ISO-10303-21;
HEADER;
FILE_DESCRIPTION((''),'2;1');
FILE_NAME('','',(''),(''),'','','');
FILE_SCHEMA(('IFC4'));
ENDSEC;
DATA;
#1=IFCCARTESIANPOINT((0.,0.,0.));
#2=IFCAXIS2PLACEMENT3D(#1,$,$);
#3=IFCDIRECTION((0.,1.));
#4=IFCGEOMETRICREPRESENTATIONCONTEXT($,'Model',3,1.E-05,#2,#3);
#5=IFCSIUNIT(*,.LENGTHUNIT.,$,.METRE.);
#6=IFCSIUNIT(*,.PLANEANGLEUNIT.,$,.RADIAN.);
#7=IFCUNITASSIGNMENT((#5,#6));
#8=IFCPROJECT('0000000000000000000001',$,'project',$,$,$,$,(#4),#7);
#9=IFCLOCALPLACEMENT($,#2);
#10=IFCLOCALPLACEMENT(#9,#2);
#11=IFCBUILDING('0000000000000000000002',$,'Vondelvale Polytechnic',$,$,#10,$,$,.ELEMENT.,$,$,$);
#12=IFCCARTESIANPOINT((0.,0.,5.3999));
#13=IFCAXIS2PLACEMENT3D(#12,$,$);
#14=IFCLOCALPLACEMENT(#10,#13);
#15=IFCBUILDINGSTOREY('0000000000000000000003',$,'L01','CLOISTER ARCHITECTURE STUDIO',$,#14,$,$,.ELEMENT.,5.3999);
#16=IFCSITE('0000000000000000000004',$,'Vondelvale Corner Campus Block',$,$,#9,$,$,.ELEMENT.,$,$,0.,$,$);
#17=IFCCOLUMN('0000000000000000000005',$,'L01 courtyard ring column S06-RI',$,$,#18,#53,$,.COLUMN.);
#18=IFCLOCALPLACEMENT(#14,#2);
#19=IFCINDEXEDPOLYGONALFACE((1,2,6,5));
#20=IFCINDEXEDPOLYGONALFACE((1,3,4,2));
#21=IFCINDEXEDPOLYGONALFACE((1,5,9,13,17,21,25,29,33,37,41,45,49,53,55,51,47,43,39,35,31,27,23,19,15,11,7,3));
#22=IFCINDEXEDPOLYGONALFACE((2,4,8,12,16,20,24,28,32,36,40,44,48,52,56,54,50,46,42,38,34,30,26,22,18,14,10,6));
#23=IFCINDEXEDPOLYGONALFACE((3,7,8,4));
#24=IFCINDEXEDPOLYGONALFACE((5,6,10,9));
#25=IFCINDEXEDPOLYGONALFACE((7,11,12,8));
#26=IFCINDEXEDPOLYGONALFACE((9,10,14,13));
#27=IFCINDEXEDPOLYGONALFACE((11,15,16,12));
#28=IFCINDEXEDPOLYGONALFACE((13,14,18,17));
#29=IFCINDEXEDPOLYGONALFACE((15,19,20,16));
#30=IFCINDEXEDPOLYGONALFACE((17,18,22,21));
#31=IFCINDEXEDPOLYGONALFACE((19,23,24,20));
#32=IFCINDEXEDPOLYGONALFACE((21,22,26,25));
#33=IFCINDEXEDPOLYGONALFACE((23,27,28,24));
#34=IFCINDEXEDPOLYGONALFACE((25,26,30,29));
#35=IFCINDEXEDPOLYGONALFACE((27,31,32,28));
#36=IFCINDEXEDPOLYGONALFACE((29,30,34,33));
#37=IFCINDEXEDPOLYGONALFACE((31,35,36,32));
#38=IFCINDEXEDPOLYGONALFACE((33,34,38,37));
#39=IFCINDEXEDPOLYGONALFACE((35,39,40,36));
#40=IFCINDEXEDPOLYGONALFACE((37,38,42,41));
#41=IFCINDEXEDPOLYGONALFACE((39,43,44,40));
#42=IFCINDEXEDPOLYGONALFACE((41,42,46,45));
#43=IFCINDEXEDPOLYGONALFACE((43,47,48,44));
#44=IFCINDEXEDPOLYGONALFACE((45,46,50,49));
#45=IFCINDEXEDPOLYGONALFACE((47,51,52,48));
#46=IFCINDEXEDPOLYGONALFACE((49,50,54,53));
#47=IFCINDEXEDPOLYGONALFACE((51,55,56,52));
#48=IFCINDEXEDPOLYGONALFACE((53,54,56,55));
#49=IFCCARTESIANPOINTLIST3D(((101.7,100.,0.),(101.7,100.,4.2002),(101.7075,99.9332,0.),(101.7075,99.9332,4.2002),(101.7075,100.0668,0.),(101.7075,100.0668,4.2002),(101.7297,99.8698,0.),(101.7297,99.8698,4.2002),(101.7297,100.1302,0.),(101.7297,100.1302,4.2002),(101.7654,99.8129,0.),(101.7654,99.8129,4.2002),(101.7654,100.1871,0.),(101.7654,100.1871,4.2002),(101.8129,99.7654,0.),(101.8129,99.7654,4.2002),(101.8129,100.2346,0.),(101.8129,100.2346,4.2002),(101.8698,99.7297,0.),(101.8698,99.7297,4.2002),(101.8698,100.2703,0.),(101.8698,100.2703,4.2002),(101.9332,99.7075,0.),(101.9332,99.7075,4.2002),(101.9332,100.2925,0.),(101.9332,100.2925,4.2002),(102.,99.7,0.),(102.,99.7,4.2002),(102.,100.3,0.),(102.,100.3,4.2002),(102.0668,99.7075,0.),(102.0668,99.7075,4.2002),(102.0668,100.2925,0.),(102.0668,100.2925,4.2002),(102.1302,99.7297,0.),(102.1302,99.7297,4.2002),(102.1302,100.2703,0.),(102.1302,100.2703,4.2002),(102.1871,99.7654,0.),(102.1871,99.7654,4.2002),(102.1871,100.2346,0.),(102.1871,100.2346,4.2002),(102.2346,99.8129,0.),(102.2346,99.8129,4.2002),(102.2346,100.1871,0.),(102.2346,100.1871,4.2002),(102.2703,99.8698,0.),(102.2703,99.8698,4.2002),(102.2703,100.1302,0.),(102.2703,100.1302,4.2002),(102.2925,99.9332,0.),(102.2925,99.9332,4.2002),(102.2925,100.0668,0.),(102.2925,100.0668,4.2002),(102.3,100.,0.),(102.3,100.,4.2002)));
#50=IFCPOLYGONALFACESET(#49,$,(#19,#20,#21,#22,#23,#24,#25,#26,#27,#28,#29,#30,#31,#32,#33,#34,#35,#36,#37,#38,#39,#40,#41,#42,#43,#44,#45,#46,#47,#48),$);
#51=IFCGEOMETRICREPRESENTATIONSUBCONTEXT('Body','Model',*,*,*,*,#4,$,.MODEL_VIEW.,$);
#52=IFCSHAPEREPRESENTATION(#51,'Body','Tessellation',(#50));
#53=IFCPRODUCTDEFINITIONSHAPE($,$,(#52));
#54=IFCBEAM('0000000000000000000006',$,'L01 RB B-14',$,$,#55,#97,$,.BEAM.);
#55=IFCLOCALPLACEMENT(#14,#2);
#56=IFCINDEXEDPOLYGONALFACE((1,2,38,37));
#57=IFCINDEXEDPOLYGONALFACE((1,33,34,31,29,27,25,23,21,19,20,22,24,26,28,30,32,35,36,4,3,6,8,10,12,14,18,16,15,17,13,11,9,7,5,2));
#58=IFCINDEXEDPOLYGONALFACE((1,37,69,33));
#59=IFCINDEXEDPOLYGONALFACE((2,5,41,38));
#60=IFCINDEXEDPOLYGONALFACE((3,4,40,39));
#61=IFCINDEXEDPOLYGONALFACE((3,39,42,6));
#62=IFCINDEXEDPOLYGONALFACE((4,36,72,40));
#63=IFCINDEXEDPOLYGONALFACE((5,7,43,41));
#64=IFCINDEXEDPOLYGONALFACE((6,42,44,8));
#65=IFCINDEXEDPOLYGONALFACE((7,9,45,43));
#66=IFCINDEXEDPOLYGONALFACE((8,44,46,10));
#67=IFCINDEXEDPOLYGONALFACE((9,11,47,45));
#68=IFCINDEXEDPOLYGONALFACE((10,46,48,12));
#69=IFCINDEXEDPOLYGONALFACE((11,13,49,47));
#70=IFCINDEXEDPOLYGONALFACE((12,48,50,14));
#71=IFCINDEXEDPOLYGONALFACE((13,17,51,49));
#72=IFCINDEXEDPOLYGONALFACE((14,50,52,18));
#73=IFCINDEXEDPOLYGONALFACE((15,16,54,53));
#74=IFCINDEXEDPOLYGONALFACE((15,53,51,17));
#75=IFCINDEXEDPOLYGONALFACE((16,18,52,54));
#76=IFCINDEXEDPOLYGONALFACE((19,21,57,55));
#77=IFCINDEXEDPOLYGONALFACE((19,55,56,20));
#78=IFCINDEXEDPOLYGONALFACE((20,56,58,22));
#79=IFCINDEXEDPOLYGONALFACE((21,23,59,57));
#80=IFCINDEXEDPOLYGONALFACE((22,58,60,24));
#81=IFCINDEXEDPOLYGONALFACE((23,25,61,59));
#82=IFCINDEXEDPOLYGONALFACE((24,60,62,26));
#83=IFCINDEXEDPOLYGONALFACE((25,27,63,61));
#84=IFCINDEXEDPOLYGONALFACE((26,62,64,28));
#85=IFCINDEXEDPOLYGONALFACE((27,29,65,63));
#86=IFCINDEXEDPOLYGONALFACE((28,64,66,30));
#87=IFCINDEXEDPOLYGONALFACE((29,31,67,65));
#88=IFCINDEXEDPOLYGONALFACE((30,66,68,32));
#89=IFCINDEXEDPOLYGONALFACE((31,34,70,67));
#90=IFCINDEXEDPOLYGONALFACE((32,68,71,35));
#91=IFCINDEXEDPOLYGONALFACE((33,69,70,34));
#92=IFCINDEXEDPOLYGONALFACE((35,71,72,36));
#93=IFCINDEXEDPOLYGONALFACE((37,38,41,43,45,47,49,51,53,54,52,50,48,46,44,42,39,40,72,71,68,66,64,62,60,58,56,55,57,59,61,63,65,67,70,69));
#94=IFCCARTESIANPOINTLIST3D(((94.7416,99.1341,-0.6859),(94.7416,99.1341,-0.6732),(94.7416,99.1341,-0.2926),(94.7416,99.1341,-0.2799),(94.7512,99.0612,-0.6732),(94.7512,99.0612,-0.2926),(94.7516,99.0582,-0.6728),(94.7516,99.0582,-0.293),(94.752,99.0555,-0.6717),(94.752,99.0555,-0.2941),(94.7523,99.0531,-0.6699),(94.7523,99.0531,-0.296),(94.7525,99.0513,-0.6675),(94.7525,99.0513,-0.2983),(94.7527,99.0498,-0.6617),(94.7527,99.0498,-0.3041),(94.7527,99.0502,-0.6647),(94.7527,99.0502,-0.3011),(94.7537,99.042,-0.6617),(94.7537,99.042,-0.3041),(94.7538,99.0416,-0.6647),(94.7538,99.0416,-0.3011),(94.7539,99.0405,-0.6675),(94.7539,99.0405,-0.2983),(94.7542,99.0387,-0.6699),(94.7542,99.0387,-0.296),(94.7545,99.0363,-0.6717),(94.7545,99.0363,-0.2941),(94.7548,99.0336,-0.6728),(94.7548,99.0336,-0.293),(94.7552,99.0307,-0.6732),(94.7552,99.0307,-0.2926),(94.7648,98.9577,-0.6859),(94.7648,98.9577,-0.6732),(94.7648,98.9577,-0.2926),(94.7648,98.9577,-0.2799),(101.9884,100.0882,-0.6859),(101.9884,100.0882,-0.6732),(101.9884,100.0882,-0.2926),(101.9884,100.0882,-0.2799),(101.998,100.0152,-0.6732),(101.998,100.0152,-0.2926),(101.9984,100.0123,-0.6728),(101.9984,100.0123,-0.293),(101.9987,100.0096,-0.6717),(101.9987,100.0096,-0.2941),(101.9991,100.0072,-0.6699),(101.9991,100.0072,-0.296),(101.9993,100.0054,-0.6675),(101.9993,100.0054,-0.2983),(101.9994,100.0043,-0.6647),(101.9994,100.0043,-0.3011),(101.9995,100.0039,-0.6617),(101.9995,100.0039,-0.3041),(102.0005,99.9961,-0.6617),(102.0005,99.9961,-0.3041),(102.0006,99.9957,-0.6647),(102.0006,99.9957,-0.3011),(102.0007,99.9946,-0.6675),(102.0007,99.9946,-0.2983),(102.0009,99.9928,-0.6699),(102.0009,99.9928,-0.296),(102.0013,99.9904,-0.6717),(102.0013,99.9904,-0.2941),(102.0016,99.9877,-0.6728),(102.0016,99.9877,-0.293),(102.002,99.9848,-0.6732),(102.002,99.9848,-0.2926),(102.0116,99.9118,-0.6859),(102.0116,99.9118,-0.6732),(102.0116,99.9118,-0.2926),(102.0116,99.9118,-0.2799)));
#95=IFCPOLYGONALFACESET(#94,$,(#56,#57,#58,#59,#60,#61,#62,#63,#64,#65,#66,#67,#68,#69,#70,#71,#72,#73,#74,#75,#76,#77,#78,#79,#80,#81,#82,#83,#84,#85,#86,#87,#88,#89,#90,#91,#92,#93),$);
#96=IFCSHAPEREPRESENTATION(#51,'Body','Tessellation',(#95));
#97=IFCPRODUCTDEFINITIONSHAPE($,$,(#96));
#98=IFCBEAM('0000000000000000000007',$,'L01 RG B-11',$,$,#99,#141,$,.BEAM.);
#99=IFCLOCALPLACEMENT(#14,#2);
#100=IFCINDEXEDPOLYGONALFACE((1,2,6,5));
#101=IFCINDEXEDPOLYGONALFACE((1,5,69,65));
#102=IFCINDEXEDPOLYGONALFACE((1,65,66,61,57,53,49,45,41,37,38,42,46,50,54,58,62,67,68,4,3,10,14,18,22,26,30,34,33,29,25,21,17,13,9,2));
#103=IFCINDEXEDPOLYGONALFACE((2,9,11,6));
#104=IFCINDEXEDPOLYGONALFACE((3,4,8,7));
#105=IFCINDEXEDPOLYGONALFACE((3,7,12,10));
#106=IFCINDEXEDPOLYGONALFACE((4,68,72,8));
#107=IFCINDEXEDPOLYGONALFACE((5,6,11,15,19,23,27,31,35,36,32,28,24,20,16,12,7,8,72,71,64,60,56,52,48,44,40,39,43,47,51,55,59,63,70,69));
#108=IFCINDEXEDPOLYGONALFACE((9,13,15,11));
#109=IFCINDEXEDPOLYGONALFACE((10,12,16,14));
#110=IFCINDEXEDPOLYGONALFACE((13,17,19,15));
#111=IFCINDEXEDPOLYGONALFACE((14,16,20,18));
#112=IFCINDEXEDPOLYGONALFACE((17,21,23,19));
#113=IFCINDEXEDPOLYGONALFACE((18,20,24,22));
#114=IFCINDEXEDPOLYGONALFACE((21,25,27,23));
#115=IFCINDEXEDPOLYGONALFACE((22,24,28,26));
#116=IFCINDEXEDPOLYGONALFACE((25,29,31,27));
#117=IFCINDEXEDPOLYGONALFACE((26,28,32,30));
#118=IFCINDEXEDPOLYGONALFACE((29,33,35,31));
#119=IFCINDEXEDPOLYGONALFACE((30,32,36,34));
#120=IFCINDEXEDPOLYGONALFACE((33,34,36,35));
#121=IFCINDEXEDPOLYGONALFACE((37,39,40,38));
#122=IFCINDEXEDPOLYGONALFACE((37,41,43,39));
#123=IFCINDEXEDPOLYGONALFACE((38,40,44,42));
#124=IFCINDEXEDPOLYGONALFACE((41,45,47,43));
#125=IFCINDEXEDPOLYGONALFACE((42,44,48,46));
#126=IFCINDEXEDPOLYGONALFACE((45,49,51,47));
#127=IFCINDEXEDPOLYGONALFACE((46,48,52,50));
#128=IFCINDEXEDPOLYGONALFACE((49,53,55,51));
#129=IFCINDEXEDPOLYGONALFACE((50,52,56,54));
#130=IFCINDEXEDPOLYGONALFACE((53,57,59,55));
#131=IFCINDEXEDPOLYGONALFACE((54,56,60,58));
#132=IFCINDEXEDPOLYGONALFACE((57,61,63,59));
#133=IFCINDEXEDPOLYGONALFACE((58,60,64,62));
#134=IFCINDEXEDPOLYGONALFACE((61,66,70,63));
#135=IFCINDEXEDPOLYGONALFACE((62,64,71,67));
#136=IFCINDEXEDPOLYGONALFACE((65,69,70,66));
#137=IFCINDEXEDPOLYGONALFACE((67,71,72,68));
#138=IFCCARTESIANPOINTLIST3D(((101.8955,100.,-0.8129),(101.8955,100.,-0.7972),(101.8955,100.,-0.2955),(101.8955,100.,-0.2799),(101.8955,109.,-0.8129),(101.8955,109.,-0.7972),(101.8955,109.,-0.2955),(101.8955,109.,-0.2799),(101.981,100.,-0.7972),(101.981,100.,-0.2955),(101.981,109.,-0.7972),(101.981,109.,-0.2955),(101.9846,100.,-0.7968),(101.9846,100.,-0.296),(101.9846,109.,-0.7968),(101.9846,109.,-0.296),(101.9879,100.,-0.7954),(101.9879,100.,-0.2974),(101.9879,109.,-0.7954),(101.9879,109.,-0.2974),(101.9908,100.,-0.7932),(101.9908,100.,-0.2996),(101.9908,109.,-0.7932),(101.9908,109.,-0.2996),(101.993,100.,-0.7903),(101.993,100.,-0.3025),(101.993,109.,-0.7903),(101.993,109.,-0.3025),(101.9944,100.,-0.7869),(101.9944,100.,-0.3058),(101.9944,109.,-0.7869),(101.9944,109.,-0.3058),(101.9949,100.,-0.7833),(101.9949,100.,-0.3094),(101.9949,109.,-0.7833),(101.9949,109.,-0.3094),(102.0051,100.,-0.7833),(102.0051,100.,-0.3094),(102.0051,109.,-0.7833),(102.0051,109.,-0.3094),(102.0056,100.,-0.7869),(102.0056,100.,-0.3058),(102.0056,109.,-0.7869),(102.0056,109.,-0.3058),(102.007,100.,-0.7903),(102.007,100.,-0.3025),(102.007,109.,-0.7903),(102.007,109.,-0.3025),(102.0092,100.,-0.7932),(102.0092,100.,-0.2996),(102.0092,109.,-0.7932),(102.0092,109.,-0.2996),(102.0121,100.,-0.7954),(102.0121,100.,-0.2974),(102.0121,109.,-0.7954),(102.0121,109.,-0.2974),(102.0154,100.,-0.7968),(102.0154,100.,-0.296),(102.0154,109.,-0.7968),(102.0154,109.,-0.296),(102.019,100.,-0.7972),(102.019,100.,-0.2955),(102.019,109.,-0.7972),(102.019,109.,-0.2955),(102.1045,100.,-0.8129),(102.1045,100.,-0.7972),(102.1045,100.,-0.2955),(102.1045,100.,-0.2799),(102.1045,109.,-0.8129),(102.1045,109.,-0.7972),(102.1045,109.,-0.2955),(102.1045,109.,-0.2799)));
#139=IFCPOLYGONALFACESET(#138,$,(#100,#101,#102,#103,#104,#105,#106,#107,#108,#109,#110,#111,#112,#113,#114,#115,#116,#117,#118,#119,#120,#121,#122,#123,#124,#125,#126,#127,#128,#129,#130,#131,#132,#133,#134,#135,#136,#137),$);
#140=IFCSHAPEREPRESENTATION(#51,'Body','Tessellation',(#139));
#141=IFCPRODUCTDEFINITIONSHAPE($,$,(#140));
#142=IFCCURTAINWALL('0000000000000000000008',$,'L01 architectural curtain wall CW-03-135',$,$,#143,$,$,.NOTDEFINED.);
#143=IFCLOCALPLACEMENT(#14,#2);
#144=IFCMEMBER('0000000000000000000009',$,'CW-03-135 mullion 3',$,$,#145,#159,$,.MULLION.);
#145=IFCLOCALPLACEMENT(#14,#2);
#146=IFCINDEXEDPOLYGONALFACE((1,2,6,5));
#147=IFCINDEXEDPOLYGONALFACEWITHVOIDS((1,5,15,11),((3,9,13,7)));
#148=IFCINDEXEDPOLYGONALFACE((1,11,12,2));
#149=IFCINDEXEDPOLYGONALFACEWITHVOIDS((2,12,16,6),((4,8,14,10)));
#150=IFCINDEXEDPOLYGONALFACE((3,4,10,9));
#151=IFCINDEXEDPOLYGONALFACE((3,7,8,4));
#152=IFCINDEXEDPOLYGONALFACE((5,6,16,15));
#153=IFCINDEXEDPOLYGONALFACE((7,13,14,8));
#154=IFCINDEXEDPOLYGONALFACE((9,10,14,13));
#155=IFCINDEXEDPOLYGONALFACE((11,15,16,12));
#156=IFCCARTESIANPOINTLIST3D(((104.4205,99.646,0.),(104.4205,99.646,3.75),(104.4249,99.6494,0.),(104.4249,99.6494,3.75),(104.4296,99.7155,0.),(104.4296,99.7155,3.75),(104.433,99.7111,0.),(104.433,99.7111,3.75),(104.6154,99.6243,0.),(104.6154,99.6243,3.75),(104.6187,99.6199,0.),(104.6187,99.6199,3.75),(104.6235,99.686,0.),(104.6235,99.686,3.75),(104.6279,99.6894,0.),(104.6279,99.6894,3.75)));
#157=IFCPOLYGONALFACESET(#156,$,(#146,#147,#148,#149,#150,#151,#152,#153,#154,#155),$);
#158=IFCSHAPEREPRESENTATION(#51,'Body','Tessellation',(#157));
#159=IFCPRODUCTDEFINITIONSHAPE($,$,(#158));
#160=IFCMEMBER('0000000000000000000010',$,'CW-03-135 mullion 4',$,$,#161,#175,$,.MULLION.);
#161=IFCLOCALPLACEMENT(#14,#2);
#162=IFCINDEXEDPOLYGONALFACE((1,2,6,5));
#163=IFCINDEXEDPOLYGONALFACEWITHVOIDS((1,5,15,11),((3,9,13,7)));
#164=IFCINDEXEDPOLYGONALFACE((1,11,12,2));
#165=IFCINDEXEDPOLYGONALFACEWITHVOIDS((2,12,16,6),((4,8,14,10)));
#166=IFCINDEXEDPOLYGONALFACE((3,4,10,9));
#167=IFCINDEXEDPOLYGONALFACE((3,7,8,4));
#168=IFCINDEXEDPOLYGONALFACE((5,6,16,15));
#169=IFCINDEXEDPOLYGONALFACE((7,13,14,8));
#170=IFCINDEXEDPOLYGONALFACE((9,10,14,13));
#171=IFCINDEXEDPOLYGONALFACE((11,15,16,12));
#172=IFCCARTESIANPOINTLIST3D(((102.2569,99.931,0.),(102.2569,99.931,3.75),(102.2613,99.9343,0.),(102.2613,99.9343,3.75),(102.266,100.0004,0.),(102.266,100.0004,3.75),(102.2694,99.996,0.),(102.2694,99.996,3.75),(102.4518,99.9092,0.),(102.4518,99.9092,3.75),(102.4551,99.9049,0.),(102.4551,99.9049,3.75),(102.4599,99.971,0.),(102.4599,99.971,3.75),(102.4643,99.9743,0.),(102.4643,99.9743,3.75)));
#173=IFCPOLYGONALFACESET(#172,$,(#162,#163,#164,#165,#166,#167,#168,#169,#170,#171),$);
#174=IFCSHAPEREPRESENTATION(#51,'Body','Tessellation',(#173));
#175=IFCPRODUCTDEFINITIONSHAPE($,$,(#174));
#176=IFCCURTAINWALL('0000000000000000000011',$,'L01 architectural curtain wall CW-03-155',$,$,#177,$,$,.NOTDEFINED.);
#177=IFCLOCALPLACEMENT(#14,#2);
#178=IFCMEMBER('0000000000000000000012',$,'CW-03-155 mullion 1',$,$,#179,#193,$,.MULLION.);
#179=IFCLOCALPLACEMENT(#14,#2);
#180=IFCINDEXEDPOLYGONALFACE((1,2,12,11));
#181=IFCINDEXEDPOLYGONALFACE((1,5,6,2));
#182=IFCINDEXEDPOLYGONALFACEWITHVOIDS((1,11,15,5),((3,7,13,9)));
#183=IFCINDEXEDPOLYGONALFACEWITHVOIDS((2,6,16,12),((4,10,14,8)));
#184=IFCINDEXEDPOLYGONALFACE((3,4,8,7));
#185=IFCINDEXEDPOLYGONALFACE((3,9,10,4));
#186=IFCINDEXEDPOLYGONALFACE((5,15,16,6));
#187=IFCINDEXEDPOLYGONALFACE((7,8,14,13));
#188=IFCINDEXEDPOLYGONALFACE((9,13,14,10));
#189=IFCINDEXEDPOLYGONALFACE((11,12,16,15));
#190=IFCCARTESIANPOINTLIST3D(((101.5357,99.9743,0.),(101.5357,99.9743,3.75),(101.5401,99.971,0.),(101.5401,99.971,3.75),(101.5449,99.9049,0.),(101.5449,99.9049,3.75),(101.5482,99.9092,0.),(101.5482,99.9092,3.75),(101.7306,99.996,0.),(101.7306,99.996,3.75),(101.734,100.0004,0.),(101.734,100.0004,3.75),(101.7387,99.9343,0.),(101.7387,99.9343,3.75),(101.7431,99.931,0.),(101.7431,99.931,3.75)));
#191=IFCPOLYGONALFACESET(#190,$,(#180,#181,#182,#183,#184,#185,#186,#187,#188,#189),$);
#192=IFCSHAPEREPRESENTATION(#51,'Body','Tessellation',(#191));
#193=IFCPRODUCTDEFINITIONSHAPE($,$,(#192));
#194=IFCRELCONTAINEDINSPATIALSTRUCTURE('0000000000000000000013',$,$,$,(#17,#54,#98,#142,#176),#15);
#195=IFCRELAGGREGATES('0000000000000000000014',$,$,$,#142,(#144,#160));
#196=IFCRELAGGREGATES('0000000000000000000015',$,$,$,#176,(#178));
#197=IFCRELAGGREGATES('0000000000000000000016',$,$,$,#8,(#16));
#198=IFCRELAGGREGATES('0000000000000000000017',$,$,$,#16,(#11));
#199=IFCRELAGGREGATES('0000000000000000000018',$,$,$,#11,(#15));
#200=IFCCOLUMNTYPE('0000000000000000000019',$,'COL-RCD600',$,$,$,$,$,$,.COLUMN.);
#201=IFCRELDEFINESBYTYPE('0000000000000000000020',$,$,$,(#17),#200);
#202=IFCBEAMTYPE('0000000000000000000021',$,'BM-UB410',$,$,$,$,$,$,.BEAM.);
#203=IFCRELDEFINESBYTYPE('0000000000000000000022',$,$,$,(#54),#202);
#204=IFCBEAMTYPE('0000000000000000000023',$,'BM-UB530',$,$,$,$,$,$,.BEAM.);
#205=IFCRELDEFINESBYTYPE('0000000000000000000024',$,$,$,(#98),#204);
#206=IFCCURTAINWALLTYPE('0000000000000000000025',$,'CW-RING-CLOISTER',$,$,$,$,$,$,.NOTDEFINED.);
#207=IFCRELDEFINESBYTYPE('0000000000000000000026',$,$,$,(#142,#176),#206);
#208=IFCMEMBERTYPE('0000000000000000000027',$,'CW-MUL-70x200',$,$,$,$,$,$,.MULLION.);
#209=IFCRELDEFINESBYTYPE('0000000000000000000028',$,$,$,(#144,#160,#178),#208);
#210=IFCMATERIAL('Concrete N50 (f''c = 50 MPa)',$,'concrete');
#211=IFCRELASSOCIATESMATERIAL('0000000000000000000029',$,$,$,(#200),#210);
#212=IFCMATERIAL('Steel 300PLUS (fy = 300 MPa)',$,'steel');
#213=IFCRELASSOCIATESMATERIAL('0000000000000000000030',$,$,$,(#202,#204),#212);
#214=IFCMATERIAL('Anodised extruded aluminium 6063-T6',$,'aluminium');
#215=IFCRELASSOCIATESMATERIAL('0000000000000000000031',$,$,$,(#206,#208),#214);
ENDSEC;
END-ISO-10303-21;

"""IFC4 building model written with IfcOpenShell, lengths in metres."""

from ifc_helpers import new_model, si_unit, direction, frame, origin, origin_2d, place, context, subcontext, project, spatial, hollow_rectangle, circle, i_section, extrude, material, material_profile, profile_set, type_object, element, aggregate, save


model = new_model("IFC4")

# Units and contexts
model_context = context("Model", 3, precision=1e-05, world=origin(), true_north=direction((0.0, 1.0)))
body_context = subcontext(model_context, "Body", "Model", "MODEL_VIEW")
ifc_project = project(units=[si_unit("LENGTHUNIT", "METRE"), si_unit("PLANEANGLEUNIT", "RADIAN")], contexts=[model_context])

# Site, building, storey
site_placement = place(None, origin())
site = spatial("IfcSite", under=ifc_project, at=site_placement, Name="Vondelvale Corner Campus Block", CompositionType="ELEMENT", RefElevation=0.0)
building_placement = place(site_placement, origin())
building = spatial("IfcBuilding", under=site, at=building_placement, Name="Vondelvale Polytechnic", CompositionType="ELEMENT")
storey_placement = place(building_placement, frame((0.0, 0.0, 5.3999)))
storey = spatial("IfcBuildingStorey", under=building, at=storey_placement, Name="L01", Description="CLOISTER ARCHITECTURE STUDIO", CompositionType="ELEMENT", Elevation=5.3999)

# Column
ifc_material_1 = material(Name="Concrete N50 (f'c = 50 MPa)", Category="concrete")
ifc_material_profile_1 = material_profile(ifc_material_1, circle(Radius=0.3, at=origin_2d()), Name="RC-COL-D600")
ifc_profile_set_1 = profile_set([ifc_material_profile_1], Name="Concrete N50 (f'c = 50 MPa)")
column_type = type_object("IfcColumnType", Name="COL-RCD600", PredefinedType="COLUMN", material=ifc_profile_set_1)
column_placement = place(storey_placement, frame((102.0, 100.0, 0.0), z_axis=(0.0, 0.0, 1.0), x_axis=(0.0, 1.0, 0.0)))
element("IfcColumn", 1, at=column_placement, inside=storey, type_object=column_type, Name="L01 courtyard ring column S06-RI", PredefinedType="COLUMN", context=body_context, shape_type="SweptSolid", body=[
    extrude(circle(Radius=0.3, at=origin_2d()), origin(), (0.0, 0.0, 1.0), 4.2002),
])

# Beams
ifc_material_2 = material(Name="Steel 300PLUS (fy = 300 MPa)", Category="steel")
ifc_material_profile_2 = material_profile(ifc_material_2, i_section(OverallWidth=0.178, OverallDepth=0.406, WebThickness=0.0078, FlangeThickness=0.0127, FilletRadius=0.0115, at=origin_2d()), Name="410UB59.7")
ifc_profile_set_2 = profile_set([ifc_material_profile_2], Name="Steel 300PLUS (fy = 300 MPa)")
beam_type_1 = type_object("IfcBeamType", Name="BM-UB410", PredefinedType="BEAM", material=ifc_profile_set_2)
beam_1_placement = place(storey_placement, frame((102.0, 100.0, -0.4829), z_axis=(-0.991444, -0.130531, 0.0), x_axis=(0.130531, -0.991444, 0.0)))
element("IfcBeam", 2, at=beam_1_placement, inside=storey, type_object=beam_type_1, Name="L01 RB B-14", PredefinedType="BEAM", context=body_context, shape_type="SweptSolid", body=[
    extrude(i_section(OverallWidth=0.178, OverallDepth=0.406, WebThickness=0.0078, FlangeThickness=0.0127, FilletRadius=0.0115, at=origin_2d()), origin(), (0.0, 0.0, 1.0), 7.3093),
])
ifc_material_profile_3 = material_profile(ifc_material_2, i_section(OverallWidth=0.209, OverallDepth=0.533, WebThickness=0.0103, FlangeThickness=0.0156, FilletRadius=0.0139, at=origin_2d()), Name="530UB92.4")
ifc_profile_set_3 = profile_set([ifc_material_profile_3], Name="Steel 300PLUS (fy = 300 MPa)")
beam_type_2 = type_object("IfcBeamType", Name="BM-UB530", PredefinedType="BEAM", material=ifc_profile_set_3)
beam_2_placement = place(storey_placement, frame((102.0, 100.0, -0.5464), z_axis=(0.0, 1.0, 0.0), x_axis=(-1.0, 0.0, 0.0)))
element("IfcBeam", 3, at=beam_2_placement, inside=storey, type_object=beam_type_2, Name="L01 RG B-11", PredefinedType="BEAM", context=body_context, shape_type="SweptSolid", body=[
    extrude(i_section(OverallWidth=0.209, OverallDepth=0.533, WebThickness=0.0103, FlangeThickness=0.0156, FilletRadius=0.0139, at=origin_2d()), origin(), (0.0, 0.0, 1.0), 9.0),
])

# Curtain walls, members
ifc_material_3 = material(Name="Anodised extruded aluminium 6063-T6", Category="aluminium")
curtain_wall_type = type_object("IfcCurtainWallType", Name="CW-RING-CLOISTER", PredefinedType="NOTDEFINED", material=ifc_material_3)
curtain_wall_1_placement = place(storey_placement, origin())
curtain_wall_1 = element("IfcCurtainWall", 4, at=curtain_wall_1_placement, inside=storey, type_object=curtain_wall_type, Name="L01 architectural curtain wall CW-03-135", PredefinedType="NOTDEFINED")
ifc_material_profile_4 = material_profile(ifc_material_3, hollow_rectangle(XDim=0.0701, YDim=0.2, WallThickness=0.0039, at=origin_2d()), Name="CW-MUL-200x70")
ifc_profile_set_4 = profile_set([ifc_material_profile_4], Name="Anodised extruded aluminium 6063-T6")
member_type_1 = type_object("IfcMemberType", Name="CW-MUL-70x200", PredefinedType="MULLION", material=ifc_profile_set_4)
member_1_placement = place(storey_placement, frame((104.5242, 99.6677, 0.0), z_axis=(0.0, 0.0, 1.0), x_axis=(-0.130528, -0.991445, 0.0)))
member_1 = element("IfcMember", 5, at=member_1_placement, type_object=member_type_1, Name="CW-03-135 mullion 3", PredefinedType="MULLION", context=body_context, shape_type="SweptSolid", body=[
    extrude(hollow_rectangle(XDim=0.0701, YDim=0.2, WallThickness=0.0039, at=origin_2d()), origin(), (0.0, 0.0, 1.0), 3.75),
])
member_2_placement = place(storey_placement, frame((102.3606, 99.9526, 0.0), z_axis=(0.0, 0.0, 1.0), x_axis=(-0.130528, -0.991445, 0.0)))
member_2 = element("IfcMember", 6, at=member_2_placement, type_object=member_type_1, Name="CW-03-135 mullion 4", PredefinedType="MULLION", context=body_context, shape_type="SweptSolid", body=[
    extrude(hollow_rectangle(XDim=0.0701, YDim=0.2, WallThickness=0.0039, at=origin_2d()), origin(), (0.0, 0.0, 1.0), 3.75),
])
curtain_wall_2_placement = place(storey_placement, origin())
curtain_wall_2 = element("IfcCurtainWall", 7, at=curtain_wall_2_placement, inside=storey, type_object=curtain_wall_type, Name="L01 architectural curtain wall CW-03-155", PredefinedType="NOTDEFINED")
member_3_placement = place(storey_placement, frame((101.6394, 99.9526, 0.0), z_axis=(0.0, 0.0, 1.0), x_axis=(0.130528, -0.991445, 0.0)))
member_3 = element("IfcMember", 8, at=member_3_placement, type_object=member_type_1, Name="CW-03-155 mullion 1", PredefinedType="MULLION", context=body_context, shape_type="SweptSolid", body=[
    extrude(hollow_rectangle(XDim=0.0701, YDim=0.2, WallThickness=0.0039, at=origin_2d()), origin(), (0.0, 0.0, 1.0), 3.75),
])

aggregate(curtain_wall_1, [member_1, member_2])
aggregate(curtain_wall_2, [member_3])

save(model, "model.ifc")
